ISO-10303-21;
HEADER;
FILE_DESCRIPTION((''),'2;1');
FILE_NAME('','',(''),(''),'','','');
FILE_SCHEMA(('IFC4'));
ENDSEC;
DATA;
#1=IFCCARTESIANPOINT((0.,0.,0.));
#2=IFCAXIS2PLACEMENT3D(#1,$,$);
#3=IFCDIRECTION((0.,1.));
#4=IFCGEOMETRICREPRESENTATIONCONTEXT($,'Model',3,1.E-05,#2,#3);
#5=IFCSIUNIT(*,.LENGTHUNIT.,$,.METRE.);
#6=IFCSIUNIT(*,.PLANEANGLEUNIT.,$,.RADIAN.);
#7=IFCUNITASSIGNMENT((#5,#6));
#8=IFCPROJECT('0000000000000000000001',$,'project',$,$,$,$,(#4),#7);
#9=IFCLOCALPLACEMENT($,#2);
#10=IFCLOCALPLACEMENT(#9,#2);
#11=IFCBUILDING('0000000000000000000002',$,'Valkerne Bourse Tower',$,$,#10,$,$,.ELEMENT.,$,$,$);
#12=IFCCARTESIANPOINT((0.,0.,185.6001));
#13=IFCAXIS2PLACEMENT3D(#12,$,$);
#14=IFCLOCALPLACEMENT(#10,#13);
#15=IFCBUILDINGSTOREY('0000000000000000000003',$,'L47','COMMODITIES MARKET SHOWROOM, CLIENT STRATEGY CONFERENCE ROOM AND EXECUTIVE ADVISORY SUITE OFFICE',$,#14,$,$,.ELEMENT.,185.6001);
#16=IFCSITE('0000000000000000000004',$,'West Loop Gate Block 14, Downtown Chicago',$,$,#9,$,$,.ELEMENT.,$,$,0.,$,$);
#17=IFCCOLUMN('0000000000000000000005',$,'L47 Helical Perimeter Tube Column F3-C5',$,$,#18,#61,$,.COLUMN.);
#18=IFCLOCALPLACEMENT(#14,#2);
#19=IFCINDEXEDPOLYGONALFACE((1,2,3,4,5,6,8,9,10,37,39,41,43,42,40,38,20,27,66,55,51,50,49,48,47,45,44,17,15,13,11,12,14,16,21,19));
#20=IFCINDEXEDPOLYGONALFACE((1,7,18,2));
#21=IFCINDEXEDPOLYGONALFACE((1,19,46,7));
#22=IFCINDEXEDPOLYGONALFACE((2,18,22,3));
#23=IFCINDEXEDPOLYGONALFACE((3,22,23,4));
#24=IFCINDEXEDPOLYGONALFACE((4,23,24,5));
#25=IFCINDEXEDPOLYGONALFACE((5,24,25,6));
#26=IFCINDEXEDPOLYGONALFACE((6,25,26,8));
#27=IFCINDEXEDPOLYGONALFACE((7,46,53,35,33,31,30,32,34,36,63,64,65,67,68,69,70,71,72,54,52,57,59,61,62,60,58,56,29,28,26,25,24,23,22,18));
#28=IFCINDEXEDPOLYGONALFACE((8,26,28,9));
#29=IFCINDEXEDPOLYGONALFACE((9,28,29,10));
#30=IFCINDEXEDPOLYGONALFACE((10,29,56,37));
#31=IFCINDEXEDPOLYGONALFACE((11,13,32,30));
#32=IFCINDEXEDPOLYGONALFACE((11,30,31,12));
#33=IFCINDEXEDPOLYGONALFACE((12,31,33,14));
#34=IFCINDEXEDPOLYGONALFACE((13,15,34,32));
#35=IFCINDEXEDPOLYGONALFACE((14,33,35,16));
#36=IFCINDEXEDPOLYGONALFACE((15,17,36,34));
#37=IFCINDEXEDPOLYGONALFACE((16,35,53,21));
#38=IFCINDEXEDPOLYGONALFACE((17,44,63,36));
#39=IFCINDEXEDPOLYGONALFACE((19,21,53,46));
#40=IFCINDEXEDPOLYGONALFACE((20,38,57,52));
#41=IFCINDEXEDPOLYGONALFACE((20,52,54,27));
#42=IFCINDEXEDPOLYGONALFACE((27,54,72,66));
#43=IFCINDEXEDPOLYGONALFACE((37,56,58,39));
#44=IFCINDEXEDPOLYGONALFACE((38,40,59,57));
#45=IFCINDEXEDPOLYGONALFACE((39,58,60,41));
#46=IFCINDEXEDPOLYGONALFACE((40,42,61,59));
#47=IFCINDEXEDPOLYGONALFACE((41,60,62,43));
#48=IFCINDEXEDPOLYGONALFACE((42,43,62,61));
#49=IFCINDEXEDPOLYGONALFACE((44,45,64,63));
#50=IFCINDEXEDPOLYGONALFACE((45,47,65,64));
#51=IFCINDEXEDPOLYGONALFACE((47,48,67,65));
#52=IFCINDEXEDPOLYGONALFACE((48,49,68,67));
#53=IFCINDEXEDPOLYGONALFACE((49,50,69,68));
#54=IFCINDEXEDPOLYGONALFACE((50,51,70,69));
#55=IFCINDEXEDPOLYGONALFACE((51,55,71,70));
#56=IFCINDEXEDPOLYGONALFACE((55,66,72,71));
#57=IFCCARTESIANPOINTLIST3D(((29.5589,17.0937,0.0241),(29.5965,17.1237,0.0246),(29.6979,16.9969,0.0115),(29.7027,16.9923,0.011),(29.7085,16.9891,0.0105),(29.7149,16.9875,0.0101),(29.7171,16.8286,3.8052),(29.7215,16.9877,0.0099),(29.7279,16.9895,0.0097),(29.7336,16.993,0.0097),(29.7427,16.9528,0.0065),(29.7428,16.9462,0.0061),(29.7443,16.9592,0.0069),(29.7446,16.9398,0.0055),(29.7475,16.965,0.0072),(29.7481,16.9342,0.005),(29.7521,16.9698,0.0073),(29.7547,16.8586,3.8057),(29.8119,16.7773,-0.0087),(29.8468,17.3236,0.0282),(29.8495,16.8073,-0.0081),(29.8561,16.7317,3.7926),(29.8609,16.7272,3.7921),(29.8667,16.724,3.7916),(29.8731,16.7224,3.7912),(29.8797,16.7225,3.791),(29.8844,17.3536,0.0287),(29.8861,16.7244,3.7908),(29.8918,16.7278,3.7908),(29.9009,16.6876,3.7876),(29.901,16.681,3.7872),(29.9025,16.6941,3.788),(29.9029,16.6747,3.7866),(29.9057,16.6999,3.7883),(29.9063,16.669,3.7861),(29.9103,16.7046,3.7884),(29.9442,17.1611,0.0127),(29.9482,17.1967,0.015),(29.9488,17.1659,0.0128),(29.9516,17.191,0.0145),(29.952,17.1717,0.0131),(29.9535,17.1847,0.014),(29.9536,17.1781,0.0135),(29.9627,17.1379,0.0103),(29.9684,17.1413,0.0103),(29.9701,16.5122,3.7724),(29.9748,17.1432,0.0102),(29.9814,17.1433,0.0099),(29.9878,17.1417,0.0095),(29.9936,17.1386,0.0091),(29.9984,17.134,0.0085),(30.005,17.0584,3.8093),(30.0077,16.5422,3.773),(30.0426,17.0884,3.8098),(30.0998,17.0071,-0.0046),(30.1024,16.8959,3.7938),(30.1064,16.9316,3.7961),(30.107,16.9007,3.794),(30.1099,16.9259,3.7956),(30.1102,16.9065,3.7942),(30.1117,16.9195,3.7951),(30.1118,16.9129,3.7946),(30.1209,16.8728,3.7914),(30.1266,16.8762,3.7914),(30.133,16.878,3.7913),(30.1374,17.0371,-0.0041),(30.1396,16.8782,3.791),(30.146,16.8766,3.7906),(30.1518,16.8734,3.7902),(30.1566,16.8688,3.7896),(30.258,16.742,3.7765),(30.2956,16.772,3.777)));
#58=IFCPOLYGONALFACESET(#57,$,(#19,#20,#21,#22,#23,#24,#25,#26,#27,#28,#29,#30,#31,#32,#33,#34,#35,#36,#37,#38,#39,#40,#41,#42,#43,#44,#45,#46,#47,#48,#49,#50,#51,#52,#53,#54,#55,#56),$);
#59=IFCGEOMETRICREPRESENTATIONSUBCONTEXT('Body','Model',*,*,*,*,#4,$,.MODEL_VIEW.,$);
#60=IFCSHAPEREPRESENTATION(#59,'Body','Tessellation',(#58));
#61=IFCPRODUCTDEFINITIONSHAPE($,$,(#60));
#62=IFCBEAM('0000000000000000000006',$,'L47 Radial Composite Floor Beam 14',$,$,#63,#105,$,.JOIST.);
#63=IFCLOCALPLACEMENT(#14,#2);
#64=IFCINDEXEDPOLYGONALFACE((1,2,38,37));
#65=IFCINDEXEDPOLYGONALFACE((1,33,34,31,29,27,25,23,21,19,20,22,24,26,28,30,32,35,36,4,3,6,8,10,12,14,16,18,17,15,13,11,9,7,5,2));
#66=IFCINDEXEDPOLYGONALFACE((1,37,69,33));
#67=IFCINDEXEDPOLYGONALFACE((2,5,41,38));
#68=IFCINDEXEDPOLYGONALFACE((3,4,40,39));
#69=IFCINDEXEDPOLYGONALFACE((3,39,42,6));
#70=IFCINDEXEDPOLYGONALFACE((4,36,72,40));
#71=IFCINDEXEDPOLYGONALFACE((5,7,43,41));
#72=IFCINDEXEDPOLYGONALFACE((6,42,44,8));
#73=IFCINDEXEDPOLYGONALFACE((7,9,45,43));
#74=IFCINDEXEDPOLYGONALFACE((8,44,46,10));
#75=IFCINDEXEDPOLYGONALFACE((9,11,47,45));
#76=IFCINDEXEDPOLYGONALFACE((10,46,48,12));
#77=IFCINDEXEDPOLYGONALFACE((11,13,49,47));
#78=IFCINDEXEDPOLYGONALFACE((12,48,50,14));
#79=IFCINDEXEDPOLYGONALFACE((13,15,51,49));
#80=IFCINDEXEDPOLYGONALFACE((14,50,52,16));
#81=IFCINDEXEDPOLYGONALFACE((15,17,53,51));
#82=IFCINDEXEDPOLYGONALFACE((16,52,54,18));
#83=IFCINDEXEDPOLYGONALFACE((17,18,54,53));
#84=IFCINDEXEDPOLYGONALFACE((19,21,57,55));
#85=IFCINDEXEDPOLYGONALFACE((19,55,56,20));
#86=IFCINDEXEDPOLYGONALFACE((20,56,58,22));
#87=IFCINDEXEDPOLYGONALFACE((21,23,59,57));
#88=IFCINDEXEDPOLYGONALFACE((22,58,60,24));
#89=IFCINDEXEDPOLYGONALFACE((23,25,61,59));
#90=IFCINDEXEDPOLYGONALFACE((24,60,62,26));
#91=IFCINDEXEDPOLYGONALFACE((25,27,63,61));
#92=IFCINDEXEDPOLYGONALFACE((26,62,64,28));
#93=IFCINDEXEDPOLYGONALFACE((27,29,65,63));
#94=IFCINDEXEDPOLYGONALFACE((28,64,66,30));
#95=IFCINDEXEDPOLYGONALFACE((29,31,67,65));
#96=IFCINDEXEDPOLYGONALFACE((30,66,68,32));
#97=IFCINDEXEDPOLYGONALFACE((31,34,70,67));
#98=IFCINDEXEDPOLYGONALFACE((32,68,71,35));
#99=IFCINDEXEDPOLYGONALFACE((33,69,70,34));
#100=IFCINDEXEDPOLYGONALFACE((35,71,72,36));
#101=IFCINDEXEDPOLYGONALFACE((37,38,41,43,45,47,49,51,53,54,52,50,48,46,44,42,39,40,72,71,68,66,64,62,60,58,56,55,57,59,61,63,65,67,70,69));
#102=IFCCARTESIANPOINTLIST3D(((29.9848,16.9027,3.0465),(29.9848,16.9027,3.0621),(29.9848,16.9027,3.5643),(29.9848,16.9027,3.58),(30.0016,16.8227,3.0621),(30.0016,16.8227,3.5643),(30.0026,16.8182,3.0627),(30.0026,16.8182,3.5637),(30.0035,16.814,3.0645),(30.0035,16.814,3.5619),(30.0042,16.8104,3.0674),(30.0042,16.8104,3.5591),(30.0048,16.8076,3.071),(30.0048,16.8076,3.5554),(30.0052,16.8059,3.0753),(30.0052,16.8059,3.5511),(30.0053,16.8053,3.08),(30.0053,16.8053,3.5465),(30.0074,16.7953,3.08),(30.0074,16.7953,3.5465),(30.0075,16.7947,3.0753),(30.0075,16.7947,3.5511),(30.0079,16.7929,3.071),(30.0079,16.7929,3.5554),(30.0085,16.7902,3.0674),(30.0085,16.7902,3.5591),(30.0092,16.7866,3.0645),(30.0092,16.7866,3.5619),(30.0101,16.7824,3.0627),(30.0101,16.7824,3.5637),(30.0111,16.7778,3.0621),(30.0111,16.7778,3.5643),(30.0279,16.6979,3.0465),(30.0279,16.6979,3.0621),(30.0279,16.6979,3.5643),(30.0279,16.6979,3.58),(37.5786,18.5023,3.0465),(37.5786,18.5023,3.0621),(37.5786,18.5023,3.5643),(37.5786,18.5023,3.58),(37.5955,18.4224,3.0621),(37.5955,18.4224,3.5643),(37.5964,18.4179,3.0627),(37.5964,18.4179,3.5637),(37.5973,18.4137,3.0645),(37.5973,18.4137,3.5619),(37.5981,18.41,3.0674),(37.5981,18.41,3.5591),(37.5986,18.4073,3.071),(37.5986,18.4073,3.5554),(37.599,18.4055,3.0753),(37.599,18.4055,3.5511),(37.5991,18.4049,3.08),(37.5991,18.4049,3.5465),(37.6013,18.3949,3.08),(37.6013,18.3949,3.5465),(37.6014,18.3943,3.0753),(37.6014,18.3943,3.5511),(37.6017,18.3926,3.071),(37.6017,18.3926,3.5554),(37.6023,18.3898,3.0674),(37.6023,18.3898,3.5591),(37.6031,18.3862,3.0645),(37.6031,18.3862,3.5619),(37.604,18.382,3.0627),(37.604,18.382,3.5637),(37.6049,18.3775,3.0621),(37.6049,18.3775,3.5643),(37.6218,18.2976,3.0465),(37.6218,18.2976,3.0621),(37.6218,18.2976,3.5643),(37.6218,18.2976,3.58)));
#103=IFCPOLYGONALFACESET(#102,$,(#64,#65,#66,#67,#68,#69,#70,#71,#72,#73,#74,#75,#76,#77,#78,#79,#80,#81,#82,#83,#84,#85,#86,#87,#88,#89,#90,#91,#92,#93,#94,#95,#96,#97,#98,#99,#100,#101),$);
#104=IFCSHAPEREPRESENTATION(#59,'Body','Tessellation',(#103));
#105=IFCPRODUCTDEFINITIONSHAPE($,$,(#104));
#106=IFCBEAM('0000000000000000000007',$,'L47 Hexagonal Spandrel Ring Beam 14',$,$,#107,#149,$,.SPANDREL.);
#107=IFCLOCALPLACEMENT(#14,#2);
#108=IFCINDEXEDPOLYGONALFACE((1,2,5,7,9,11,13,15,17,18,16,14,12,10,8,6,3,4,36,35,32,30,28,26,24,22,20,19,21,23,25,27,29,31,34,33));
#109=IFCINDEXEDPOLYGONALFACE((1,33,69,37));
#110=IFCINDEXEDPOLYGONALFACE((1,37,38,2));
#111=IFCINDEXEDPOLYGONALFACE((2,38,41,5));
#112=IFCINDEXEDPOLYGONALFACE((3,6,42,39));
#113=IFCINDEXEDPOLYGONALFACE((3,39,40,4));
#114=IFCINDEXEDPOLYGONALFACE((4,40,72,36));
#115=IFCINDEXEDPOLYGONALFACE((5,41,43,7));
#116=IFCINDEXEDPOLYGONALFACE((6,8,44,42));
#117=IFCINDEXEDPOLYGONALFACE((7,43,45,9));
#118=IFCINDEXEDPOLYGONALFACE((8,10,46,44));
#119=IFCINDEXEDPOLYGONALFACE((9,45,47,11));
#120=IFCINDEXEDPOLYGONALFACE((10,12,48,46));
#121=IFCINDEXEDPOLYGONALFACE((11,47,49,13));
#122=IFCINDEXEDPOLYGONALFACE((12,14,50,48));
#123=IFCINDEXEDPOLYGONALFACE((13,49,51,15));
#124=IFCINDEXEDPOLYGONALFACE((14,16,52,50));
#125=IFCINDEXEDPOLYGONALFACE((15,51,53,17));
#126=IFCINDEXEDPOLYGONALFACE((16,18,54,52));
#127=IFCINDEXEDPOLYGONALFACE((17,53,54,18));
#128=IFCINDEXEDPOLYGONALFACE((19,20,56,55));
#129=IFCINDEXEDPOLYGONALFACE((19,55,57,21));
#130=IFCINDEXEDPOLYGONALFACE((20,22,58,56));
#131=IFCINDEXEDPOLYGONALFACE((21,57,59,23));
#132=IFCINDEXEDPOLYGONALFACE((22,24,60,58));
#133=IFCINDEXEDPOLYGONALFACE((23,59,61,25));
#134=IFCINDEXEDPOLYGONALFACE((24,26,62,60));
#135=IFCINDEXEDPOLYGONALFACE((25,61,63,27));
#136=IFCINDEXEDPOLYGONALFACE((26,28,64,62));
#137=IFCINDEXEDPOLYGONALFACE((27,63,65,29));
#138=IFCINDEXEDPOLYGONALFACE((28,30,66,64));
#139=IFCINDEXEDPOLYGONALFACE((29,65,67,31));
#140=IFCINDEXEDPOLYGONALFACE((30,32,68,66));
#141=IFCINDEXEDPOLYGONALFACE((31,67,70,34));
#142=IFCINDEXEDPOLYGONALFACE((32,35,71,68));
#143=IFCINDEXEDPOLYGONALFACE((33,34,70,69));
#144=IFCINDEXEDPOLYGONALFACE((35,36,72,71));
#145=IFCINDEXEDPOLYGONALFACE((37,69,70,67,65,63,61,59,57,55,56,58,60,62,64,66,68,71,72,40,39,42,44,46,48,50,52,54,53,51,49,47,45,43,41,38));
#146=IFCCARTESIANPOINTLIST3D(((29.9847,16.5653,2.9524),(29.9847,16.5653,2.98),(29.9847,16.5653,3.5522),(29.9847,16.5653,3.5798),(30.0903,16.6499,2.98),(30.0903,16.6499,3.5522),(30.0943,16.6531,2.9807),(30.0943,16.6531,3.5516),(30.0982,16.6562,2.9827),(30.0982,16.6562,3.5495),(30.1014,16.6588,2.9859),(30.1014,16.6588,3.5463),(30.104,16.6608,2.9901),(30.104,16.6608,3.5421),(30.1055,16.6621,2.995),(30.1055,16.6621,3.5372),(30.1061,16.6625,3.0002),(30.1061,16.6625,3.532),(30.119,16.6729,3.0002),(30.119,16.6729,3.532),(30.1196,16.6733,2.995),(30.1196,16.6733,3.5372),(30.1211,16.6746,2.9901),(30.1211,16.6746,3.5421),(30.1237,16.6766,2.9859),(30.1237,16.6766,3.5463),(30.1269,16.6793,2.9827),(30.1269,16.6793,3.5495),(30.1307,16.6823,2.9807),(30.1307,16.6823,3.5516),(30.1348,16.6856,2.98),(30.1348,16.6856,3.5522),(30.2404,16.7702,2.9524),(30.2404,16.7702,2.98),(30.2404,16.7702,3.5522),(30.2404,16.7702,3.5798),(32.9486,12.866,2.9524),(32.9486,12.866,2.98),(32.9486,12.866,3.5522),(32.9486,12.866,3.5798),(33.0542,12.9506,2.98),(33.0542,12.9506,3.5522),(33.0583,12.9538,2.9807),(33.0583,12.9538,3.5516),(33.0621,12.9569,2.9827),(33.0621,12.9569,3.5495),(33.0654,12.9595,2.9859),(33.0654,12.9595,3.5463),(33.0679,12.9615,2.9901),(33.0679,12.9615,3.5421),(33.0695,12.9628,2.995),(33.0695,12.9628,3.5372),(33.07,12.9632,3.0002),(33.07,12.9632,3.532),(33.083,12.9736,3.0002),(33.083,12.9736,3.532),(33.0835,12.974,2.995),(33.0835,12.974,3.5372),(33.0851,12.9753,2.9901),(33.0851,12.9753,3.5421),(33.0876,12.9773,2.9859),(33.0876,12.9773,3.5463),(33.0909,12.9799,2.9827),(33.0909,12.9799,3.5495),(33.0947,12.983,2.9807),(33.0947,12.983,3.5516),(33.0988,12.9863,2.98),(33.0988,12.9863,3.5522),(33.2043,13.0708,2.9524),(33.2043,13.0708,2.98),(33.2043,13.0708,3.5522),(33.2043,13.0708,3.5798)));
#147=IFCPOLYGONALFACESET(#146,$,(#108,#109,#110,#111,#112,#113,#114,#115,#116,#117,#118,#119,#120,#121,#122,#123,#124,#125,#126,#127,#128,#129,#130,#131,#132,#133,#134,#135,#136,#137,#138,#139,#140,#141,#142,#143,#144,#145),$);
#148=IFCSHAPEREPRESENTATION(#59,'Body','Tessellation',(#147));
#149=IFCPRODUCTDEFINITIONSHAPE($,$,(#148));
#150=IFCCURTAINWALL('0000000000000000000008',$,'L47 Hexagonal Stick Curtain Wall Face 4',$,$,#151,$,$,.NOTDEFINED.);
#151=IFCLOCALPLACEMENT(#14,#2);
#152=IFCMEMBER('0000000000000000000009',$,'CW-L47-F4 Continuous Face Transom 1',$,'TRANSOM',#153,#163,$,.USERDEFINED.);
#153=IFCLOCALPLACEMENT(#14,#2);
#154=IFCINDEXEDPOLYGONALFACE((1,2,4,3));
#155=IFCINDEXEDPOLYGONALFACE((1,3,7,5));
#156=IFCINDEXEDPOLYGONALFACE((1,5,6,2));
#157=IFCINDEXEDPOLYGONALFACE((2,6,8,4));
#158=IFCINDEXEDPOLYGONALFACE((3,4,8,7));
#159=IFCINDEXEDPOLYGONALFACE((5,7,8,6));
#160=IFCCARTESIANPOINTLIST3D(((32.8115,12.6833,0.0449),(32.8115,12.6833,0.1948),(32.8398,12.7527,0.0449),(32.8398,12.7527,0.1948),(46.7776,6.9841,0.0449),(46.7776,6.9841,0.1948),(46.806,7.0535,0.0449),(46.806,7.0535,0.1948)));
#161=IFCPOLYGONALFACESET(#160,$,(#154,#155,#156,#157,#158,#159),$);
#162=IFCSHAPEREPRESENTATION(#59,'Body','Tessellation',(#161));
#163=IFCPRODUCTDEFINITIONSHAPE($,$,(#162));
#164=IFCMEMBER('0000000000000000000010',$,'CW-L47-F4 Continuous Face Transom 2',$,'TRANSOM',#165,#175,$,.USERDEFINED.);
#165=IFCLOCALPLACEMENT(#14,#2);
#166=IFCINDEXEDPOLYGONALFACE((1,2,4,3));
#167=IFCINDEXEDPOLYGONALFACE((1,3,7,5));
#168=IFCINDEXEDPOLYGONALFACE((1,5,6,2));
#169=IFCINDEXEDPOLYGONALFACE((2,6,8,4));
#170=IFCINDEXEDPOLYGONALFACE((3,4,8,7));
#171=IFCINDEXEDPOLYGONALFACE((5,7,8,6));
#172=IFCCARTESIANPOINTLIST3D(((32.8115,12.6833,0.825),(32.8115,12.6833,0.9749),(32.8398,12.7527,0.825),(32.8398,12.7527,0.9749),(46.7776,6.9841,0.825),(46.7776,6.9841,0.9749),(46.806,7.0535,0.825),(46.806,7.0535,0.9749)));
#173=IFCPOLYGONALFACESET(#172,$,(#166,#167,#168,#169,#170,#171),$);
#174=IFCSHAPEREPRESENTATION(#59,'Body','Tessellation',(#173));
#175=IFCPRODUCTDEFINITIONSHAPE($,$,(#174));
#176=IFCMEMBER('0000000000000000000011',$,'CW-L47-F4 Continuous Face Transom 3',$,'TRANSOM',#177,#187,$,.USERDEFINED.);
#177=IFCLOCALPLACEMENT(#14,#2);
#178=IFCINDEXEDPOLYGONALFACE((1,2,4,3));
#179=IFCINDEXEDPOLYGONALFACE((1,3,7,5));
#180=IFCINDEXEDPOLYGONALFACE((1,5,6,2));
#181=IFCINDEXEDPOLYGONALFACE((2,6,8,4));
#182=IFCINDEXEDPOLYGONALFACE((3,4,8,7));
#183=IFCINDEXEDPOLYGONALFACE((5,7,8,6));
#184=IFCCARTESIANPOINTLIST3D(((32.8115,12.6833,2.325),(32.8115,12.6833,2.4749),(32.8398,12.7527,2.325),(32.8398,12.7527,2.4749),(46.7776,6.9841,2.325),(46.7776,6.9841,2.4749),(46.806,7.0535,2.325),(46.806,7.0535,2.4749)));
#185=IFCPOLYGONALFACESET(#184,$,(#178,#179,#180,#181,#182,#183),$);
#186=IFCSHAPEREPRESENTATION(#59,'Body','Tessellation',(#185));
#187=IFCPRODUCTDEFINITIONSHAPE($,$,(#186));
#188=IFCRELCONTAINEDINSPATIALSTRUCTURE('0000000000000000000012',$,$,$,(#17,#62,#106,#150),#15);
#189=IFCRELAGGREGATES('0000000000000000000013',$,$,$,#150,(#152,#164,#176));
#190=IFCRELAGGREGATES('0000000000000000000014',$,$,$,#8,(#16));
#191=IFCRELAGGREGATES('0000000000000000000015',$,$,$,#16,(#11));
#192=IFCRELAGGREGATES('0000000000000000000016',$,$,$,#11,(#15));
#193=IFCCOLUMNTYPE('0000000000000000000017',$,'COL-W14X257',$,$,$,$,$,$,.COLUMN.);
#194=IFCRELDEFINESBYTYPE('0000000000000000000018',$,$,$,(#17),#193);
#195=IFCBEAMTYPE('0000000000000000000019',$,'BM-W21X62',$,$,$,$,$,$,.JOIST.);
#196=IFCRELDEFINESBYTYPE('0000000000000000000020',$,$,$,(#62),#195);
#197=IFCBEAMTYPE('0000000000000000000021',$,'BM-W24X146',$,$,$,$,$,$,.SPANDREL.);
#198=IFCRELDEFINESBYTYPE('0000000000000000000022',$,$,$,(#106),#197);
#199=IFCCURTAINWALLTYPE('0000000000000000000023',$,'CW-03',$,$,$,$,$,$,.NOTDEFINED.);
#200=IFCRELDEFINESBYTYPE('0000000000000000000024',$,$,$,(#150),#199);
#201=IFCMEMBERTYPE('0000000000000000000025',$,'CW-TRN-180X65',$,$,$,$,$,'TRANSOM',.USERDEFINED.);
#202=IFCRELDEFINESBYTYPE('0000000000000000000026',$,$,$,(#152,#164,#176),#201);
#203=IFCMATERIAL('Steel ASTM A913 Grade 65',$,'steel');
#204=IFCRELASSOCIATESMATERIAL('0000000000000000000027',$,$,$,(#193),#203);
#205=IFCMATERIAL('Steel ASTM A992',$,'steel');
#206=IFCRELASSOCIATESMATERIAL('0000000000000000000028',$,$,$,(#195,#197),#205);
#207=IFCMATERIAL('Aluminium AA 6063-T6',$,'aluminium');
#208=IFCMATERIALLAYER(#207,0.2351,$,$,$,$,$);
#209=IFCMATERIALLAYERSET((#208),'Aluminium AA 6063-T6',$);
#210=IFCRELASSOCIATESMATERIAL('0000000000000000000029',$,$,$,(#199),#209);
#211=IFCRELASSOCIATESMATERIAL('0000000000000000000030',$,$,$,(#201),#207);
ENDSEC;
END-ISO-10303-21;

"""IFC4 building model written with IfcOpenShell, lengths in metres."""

from ifc_helpers import new_model, si_unit, direction, frame, origin, origin_2d, place, context, subcontext, project, spatial, rectangle, i_section, extrude, material, layer, layer_set, material_profile, profile_set, type_object, element, aggregate, save


model = new_model("IFC4")

# Units and contexts
model_context = context("Model", 3, precision=1e-05, world=origin(), true_north=direction((0.0, 1.0)))
body_context = subcontext(model_context, "Body", "Model", "MODEL_VIEW")
ifc_project = project(units=[si_unit("LENGTHUNIT", "METRE"), si_unit("PLANEANGLEUNIT", "RADIAN")], contexts=[model_context])

# Site, building, storey
site_placement = place(None, origin())
site = spatial("IfcSite", under=ifc_project, at=site_placement, Name="West Loop Gate Block 14, Downtown Chicago", CompositionType="ELEMENT", RefElevation=0.0)
building_placement = place(site_placement, origin())
building = spatial("IfcBuilding", under=site, at=building_placement, Name="Valkerne Bourse Tower", CompositionType="ELEMENT")
storey_placement = place(building_placement, frame((0.0, 0.0, 185.6001)))
storey = spatial("IfcBuildingStorey", under=building, at=storey_placement, Name="L47", Description="COMMODITIES MARKET SHOWROOM, CLIENT STRATEGY CONFERENCE ROOM AND EXECUTIVE ADVISORY SUITE OFFICE", CompositionType="ELEMENT", Elevation=185.6001)

# Column
ifc_material_1 = material(Name="Steel ASTM A913 Grade 65", Category="steel")
ifc_material_profile_1 = material_profile(ifc_material_1, i_section(OverallWidth=0.4065, OverallDepth=0.4165, WebThickness=0.0298, FlangeThickness=0.0481, FilletRadius=0.0254, at=origin_2d()), Name="W14X257")
ifc_profile_set_1 = profile_set([ifc_material_profile_1], Name="Steel ASTM A913 Grade 65")
column_type = type_object("IfcColumnType", Name="COL-W14X257", PredefinedType="COLUMN", material=ifc_profile_set_1)
column_placement = place(storey_placement, frame((29.8481, 17.0654, 0.01), z_axis=(0.041703, -0.069891, 0.996683), x_axis=(0.622521, -0.778438, -0.080634)))
element("IfcColumn", 1, at=column_placement, inside=storey, type_object=column_type, Name="L47 Helical Perimeter Tube Column F3-C5", PredefinedType="COLUMN", context=body_context, shape_type="SweptSolid", body=[
    extrude(i_section(OverallWidth=0.4065, OverallDepth=0.4165, WebThickness=0.0298, FlangeThickness=0.0481, FilletRadius=0.0254, at=origin_2d()), origin(), (0.0, 0.0, 1.0), 3.7937),
])

# Beams
ifc_material_2 = material(Name="Steel ASTM A992", Category="steel")
ifc_material_profile_2 = material_profile(ifc_material_2, i_section(OverallWidth=0.2092, OverallDepth=0.5334, WebThickness=0.0103, FlangeThickness=0.0156, FilletRadius=0.0178, at=origin_2d()), Name="W21X62")
ifc_profile_set_2 = profile_set([ifc_material_profile_2], Name="Steel ASTM A992")
beam_type_1 = type_object("IfcBeamType", Name="BM-W21X62", PredefinedType="JOIST", material=ifc_profile_set_2)
beam_1_placement = place(storey_placement, frame((30.0063, 16.8003, 3.3132), z_axis=(0.978526, 0.206125, 0.0), x_axis=(-0.206125, 0.978526, 0.0)))
element("IfcBeam", 2, at=beam_1_placement, inside=storey, type_object=beam_type_1, Name="L47 Radial Composite Floor Beam 14", PredefinedType="JOIST", context=body_context, shape_type="SweptSolid", body=[
    extrude(i_section(OverallWidth=0.2092, OverallDepth=0.5334, WebThickness=0.0103, FlangeThickness=0.0156, FilletRadius=0.0178, at=origin_2d()), origin(), (0.0, 0.0, 1.0), 7.7605),
])
ifc_material_profile_3 = material_profile(ifc_material_2, i_section(OverallWidth=0.3276, OverallDepth=0.6274, WebThickness=0.0166, FlangeThickness=0.0276, FilletRadius=0.0203, at=origin_2d()), Name="W24X146")
ifc_profile_set_3 = profile_set([ifc_material_profile_3], Name="Steel ASTM A992")
beam_type_2 = type_object("IfcBeamType", Name="BM-W24X146", PredefinedType="SPANDREL", material=ifc_profile_set_3)
beam_2_placement = place(storey_placement, frame((30.1125, 16.6677, 3.2661), z_axis=(0.625273, -0.780406, 0.0), x_axis=(0.780406, 0.625273, 0.0)))
element("IfcBeam", 3, at=beam_2_placement, inside=storey, type_object=beam_type_2, Name="L47 Hexagonal Spandrel Ring Beam 14", PredefinedType="SPANDREL", context=body_context, shape_type="SweptSolid", body=[
    extrude(i_section(OverallWidth=0.3276, OverallDepth=0.6274, WebThickness=0.0166, FlangeThickness=0.0276, FilletRadius=0.0203, at=origin_2d()), origin(), (0.0, 0.0, 1.0), 4.7402),
])

# Curtain wall, members
ifc_material_3 = material(Name="Aluminium AA 6063-T6", Category="aluminium")
ifc_layer_1 = layer(ifc_material_3, 0.2351)
ifc_layer_set_1 = layer_set([ifc_layer_1], Name="Aluminium AA 6063-T6")
curtain_wall_type = type_object("IfcCurtainWallType", Name="CW-03", PredefinedType="NOTDEFINED", material=ifc_layer_set_1)
curtain_wall_placement = place(storey_placement, origin())
curtain_wall = element("IfcCurtainWall", 4, at=curtain_wall_placement, inside=storey, type_object=curtain_wall_type, Name="L47 Hexagonal Stick Curtain Wall Face 4", PredefinedType="NOTDEFINED")
ifc_material_profile_4 = material_profile(ifc_material_3, rectangle(XDim=0.075, YDim=0.1499, at=origin_2d()), Name="CWT-75X150")
ifc_profile_set_4 = profile_set([ifc_material_profile_4], Name="Aluminium AA 6063-T6")
member_type_1 = type_object("IfcMemberType", Name="CW-TRN-180X65", ElementType="TRANSOM", PredefinedType="USERDEFINED", material=ifc_profile_set_4)
member_1_placement = place(storey_placement, frame((32.8257, 12.718, 0.1199), z_axis=(0.925876, -0.377828, 0.0), x_axis=(0.377828, 0.925876, 0.0)))
member_1 = element("IfcMember", 5, at=member_1_placement, type_object=member_type_1, Name="CW-L47-F4 Continuous Face Transom 1", ObjectType="TRANSOM", PredefinedType="USERDEFINED", context=body_context, shape_type="SweptSolid", body=[
    extrude(rectangle(XDim=0.075, YDim=0.1499, at=origin_2d()), origin(), (0.0, 0.0, 1.0), 15.0842),
])
member_2_placement = place(storey_placement, frame((32.8257, 12.718, 0.8999), z_axis=(0.925876, -0.377828, 0.0), x_axis=(0.377828, 0.925876, 0.0)))
member_2 = element("IfcMember", 6, at=member_2_placement, type_object=member_type_1, Name="CW-L47-F4 Continuous Face Transom 2", ObjectType="TRANSOM", PredefinedType="USERDEFINED", context=body_context, shape_type="SweptSolid", body=[
    extrude(rectangle(XDim=0.075, YDim=0.1499, at=origin_2d()), origin(), (0.0, 0.0, 1.0), 15.0842),
])
member_3_placement = place(storey_placement, frame((32.8257, 12.718, 2.3999), z_axis=(0.925876, -0.377828, 0.0), x_axis=(0.377828, 0.925876, 0.0)))
member_3 = element("IfcMember", 7, at=member_3_placement, type_object=member_type_1, Name="CW-L47-F4 Continuous Face Transom 3", ObjectType="TRANSOM", PredefinedType="USERDEFINED", context=body_context, shape_type="SweptSolid", body=[
    extrude(rectangle(XDim=0.075, YDim=0.1499, at=origin_2d()), origin(), (0.0, 0.0, 1.0), 15.0842),
])
aggregate(curtain_wall, [member_1, member_2, member_3])

save(model, "model.ifc")
